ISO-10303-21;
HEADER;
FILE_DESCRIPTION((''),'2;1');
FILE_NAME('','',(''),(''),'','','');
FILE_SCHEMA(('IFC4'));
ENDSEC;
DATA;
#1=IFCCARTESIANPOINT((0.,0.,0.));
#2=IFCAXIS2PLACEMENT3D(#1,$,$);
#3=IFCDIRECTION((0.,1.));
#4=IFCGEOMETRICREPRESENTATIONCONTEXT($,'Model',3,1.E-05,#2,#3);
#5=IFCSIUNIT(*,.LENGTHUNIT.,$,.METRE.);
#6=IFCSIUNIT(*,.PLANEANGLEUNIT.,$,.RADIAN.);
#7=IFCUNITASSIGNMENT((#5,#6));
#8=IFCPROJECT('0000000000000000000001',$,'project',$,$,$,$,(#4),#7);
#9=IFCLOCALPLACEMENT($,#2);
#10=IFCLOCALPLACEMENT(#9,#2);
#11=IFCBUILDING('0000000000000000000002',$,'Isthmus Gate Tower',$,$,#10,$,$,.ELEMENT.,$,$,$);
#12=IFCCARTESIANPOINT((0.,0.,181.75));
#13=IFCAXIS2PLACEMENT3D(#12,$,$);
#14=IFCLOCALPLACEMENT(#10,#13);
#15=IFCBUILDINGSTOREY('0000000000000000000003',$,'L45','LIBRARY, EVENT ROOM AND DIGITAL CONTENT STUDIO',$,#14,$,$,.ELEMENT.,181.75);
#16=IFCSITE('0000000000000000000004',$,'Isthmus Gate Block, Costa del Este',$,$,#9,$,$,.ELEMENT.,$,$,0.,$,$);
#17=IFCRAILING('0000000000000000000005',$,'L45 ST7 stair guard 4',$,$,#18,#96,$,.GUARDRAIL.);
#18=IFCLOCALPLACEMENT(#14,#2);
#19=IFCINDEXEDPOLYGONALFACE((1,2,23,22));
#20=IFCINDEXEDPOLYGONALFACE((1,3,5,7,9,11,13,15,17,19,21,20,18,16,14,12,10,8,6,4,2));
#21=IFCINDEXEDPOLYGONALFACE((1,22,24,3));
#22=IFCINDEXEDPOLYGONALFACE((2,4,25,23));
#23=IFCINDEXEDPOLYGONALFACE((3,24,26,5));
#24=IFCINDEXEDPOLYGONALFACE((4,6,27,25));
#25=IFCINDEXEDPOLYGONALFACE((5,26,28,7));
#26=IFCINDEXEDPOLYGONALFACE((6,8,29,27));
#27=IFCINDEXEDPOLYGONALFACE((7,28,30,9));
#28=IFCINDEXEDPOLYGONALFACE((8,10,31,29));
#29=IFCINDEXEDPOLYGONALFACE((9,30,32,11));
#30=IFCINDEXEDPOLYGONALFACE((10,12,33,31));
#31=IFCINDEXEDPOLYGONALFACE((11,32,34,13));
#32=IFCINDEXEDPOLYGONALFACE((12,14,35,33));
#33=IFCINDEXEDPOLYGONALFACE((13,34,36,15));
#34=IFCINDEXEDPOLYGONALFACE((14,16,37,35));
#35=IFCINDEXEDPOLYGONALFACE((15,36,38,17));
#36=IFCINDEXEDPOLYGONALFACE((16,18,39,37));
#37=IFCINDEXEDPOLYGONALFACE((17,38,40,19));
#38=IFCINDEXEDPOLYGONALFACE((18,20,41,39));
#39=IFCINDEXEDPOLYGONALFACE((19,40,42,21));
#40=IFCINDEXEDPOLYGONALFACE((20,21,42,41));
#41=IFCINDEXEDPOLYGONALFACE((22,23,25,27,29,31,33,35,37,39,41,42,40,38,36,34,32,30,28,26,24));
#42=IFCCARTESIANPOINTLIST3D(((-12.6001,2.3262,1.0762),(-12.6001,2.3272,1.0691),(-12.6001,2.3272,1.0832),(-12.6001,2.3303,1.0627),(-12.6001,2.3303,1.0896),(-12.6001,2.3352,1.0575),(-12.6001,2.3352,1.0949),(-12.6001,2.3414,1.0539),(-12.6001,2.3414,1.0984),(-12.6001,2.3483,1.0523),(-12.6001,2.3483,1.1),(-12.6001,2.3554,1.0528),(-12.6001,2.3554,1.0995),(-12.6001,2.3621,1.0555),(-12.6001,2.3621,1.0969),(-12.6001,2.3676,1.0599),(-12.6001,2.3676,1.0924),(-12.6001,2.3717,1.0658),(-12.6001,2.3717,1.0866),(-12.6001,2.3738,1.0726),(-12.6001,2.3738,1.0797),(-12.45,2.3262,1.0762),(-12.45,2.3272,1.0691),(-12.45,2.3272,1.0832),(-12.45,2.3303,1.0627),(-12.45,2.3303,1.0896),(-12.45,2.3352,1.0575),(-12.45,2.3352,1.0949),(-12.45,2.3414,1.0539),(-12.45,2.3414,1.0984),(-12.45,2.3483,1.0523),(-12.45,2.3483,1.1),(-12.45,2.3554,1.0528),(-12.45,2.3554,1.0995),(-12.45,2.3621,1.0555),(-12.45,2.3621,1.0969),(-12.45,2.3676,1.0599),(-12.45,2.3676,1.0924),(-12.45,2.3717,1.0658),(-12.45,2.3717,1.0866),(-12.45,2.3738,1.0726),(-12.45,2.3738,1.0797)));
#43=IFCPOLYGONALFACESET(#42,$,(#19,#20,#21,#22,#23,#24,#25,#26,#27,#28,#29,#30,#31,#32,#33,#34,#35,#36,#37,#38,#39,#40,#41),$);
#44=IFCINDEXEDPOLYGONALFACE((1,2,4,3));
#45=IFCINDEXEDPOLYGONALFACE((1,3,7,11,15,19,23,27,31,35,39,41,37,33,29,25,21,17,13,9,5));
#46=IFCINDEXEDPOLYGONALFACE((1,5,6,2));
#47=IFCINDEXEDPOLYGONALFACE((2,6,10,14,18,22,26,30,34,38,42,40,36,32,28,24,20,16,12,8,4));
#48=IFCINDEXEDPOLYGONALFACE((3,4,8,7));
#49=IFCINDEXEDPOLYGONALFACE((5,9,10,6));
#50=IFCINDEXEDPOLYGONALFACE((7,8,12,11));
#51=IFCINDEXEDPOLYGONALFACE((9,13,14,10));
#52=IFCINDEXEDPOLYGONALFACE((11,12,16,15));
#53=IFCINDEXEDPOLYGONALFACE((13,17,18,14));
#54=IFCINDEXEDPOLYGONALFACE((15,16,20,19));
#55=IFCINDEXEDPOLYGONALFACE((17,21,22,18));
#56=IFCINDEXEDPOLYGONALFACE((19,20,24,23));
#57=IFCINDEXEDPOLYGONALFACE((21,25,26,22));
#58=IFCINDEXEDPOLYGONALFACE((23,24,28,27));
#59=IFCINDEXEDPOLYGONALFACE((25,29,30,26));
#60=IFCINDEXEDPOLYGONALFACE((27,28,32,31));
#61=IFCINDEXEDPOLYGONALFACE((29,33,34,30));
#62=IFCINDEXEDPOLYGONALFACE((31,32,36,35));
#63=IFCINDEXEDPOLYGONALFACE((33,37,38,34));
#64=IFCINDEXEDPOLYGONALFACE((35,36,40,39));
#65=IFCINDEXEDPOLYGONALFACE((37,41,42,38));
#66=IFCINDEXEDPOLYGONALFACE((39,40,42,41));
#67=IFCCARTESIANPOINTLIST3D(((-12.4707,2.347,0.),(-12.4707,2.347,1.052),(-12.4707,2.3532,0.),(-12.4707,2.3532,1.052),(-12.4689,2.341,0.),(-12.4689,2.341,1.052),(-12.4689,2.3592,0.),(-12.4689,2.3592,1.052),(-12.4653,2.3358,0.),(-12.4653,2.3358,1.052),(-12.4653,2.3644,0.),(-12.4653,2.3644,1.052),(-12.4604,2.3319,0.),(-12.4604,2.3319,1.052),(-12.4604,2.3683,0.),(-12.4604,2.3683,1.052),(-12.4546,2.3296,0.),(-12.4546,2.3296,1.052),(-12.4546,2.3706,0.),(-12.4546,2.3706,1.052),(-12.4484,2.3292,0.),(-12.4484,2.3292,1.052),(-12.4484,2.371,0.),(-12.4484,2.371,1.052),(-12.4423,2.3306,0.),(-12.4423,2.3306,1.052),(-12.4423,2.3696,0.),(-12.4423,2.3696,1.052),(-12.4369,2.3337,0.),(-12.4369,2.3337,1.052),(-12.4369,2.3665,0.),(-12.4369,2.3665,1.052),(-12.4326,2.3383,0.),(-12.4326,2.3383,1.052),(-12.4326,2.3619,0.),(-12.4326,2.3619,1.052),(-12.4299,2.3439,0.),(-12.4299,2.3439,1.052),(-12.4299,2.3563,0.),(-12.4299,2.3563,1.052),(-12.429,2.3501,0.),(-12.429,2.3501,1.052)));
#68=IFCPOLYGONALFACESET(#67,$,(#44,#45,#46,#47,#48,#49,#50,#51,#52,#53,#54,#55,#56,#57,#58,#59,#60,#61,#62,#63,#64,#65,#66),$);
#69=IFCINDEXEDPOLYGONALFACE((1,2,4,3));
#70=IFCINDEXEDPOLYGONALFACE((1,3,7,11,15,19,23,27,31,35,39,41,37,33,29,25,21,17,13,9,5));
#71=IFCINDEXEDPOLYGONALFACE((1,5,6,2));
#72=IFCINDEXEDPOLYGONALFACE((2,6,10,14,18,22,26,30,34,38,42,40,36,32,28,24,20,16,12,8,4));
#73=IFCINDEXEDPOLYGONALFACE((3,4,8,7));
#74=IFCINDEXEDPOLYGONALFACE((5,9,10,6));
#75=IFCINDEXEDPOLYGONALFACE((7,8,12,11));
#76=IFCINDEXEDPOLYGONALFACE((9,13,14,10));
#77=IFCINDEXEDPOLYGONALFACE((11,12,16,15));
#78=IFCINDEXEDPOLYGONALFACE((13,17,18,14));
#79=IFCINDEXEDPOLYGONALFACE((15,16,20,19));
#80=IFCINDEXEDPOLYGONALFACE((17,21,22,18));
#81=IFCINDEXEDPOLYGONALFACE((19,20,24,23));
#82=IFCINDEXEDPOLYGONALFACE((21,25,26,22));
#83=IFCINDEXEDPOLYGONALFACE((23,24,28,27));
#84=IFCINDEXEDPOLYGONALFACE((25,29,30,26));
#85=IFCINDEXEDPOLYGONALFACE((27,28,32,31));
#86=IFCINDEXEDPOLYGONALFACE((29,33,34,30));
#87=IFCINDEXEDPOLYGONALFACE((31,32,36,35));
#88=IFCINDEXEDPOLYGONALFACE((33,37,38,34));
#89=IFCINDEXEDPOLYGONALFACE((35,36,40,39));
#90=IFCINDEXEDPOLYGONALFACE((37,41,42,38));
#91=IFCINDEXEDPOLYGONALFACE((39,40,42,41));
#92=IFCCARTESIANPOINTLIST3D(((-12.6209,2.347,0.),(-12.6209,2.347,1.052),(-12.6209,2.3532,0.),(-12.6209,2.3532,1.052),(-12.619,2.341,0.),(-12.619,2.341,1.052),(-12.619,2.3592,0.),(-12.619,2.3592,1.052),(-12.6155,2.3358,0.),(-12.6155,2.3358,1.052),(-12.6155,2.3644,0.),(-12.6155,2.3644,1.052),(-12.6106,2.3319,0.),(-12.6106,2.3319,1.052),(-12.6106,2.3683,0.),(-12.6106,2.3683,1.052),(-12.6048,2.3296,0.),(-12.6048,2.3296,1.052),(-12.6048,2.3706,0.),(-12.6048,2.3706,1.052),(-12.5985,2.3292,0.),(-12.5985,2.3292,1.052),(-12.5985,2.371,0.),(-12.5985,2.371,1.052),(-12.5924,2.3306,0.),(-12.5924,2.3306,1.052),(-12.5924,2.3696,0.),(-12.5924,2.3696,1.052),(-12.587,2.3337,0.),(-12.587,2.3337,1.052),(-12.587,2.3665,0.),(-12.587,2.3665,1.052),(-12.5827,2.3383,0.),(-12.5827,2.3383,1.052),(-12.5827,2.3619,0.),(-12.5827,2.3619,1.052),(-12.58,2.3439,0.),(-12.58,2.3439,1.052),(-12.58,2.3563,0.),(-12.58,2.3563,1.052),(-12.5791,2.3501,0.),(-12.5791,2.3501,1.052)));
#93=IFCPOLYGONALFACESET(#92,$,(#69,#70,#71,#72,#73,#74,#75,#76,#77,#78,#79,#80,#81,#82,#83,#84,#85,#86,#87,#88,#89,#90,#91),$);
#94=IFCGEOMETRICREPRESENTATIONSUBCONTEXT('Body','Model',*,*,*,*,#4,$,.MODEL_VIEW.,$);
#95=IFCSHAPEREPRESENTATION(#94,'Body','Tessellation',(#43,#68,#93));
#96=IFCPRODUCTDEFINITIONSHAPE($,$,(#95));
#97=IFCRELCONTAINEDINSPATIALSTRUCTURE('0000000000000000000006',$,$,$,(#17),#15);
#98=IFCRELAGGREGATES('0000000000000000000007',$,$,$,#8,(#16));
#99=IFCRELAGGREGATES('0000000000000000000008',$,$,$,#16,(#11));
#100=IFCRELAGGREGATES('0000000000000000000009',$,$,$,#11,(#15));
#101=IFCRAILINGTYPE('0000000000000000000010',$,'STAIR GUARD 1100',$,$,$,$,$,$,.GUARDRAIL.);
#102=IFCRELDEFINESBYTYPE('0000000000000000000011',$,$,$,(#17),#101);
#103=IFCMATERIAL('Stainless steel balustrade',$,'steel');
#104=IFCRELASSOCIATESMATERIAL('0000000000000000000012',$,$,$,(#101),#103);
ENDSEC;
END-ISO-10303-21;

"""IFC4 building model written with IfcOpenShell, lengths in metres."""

from ifc_helpers import new_model, si_unit, direction, frame, origin, origin_2d, place, context, subcontext, project, spatial, circle, extrude, material, type_object, element, save


model = new_model("IFC4")

# Units and contexts
model_context = context("Model", 3, precision=1e-05, world=origin(), true_north=direction((0.0, 1.0)))
body_context = subcontext(model_context, "Body", "Model", "MODEL_VIEW")
ifc_project = project(units=[si_unit("LENGTHUNIT", "METRE"), si_unit("PLANEANGLEUNIT", "RADIAN")], contexts=[model_context])

# Site, building, storey
site_placement = place(None, origin())
site = spatial("IfcSite", under=ifc_project, at=site_placement, Name="Isthmus Gate Block, Costa del Este", CompositionType="ELEMENT", RefElevation=0.0)
building_placement = place(site_placement, origin())
building = spatial("IfcBuilding", under=site, at=building_placement, Name="Isthmus Gate Tower", CompositionType="ELEMENT")
storey_placement = place(building_placement, frame((0.0, 0.0, 181.75)))
storey = spatial("IfcBuildingStorey", under=building, at=storey_placement, Name="L45", Description="LIBRARY, EVENT ROOM AND DIGITAL CONTENT STUDIO", CompositionType="ELEMENT", Elevation=181.75)

# Railing
ifc_material_1 = material(Name="Stainless steel balustrade", Category="steel")
railing_type_1 = type_object("IfcRailingType", Name="STAIR GUARD 1100", PredefinedType="GUARDRAIL", material=ifc_material_1)
railing_1_placement = place(storey_placement, frame((-12.45, 2.3501, 0.0)))
element("IfcRailing", 1, at=railing_1_placement, inside=storey, type_object=railing_type_1, Name="L45 ST7 stair guard 4", PredefinedType="GUARDRAIL", context=body_context, shape_type="SweptSolid", body=[
    extrude(circle(Radius=0.0239, at=origin_2d()), frame((0.0, 0.0, 1.0762), z_axis=(-1.0, 0.0, 0.0), x_axis=(0.0, -1.0, 0.0)), (0.0, 0.0, 1.0), 0.1501),
    extrude(circle(Radius=0.021, at=origin_2d()), origin(), (0.0, 0.0, 1.0), 1.052),
    extrude(circle(Radius=0.021, at=origin_2d()), frame((-0.1501, 0.0, 0.0)), (0.0, 0.0, 1.0), 1.052),
])

save(model, "model.ifc")
